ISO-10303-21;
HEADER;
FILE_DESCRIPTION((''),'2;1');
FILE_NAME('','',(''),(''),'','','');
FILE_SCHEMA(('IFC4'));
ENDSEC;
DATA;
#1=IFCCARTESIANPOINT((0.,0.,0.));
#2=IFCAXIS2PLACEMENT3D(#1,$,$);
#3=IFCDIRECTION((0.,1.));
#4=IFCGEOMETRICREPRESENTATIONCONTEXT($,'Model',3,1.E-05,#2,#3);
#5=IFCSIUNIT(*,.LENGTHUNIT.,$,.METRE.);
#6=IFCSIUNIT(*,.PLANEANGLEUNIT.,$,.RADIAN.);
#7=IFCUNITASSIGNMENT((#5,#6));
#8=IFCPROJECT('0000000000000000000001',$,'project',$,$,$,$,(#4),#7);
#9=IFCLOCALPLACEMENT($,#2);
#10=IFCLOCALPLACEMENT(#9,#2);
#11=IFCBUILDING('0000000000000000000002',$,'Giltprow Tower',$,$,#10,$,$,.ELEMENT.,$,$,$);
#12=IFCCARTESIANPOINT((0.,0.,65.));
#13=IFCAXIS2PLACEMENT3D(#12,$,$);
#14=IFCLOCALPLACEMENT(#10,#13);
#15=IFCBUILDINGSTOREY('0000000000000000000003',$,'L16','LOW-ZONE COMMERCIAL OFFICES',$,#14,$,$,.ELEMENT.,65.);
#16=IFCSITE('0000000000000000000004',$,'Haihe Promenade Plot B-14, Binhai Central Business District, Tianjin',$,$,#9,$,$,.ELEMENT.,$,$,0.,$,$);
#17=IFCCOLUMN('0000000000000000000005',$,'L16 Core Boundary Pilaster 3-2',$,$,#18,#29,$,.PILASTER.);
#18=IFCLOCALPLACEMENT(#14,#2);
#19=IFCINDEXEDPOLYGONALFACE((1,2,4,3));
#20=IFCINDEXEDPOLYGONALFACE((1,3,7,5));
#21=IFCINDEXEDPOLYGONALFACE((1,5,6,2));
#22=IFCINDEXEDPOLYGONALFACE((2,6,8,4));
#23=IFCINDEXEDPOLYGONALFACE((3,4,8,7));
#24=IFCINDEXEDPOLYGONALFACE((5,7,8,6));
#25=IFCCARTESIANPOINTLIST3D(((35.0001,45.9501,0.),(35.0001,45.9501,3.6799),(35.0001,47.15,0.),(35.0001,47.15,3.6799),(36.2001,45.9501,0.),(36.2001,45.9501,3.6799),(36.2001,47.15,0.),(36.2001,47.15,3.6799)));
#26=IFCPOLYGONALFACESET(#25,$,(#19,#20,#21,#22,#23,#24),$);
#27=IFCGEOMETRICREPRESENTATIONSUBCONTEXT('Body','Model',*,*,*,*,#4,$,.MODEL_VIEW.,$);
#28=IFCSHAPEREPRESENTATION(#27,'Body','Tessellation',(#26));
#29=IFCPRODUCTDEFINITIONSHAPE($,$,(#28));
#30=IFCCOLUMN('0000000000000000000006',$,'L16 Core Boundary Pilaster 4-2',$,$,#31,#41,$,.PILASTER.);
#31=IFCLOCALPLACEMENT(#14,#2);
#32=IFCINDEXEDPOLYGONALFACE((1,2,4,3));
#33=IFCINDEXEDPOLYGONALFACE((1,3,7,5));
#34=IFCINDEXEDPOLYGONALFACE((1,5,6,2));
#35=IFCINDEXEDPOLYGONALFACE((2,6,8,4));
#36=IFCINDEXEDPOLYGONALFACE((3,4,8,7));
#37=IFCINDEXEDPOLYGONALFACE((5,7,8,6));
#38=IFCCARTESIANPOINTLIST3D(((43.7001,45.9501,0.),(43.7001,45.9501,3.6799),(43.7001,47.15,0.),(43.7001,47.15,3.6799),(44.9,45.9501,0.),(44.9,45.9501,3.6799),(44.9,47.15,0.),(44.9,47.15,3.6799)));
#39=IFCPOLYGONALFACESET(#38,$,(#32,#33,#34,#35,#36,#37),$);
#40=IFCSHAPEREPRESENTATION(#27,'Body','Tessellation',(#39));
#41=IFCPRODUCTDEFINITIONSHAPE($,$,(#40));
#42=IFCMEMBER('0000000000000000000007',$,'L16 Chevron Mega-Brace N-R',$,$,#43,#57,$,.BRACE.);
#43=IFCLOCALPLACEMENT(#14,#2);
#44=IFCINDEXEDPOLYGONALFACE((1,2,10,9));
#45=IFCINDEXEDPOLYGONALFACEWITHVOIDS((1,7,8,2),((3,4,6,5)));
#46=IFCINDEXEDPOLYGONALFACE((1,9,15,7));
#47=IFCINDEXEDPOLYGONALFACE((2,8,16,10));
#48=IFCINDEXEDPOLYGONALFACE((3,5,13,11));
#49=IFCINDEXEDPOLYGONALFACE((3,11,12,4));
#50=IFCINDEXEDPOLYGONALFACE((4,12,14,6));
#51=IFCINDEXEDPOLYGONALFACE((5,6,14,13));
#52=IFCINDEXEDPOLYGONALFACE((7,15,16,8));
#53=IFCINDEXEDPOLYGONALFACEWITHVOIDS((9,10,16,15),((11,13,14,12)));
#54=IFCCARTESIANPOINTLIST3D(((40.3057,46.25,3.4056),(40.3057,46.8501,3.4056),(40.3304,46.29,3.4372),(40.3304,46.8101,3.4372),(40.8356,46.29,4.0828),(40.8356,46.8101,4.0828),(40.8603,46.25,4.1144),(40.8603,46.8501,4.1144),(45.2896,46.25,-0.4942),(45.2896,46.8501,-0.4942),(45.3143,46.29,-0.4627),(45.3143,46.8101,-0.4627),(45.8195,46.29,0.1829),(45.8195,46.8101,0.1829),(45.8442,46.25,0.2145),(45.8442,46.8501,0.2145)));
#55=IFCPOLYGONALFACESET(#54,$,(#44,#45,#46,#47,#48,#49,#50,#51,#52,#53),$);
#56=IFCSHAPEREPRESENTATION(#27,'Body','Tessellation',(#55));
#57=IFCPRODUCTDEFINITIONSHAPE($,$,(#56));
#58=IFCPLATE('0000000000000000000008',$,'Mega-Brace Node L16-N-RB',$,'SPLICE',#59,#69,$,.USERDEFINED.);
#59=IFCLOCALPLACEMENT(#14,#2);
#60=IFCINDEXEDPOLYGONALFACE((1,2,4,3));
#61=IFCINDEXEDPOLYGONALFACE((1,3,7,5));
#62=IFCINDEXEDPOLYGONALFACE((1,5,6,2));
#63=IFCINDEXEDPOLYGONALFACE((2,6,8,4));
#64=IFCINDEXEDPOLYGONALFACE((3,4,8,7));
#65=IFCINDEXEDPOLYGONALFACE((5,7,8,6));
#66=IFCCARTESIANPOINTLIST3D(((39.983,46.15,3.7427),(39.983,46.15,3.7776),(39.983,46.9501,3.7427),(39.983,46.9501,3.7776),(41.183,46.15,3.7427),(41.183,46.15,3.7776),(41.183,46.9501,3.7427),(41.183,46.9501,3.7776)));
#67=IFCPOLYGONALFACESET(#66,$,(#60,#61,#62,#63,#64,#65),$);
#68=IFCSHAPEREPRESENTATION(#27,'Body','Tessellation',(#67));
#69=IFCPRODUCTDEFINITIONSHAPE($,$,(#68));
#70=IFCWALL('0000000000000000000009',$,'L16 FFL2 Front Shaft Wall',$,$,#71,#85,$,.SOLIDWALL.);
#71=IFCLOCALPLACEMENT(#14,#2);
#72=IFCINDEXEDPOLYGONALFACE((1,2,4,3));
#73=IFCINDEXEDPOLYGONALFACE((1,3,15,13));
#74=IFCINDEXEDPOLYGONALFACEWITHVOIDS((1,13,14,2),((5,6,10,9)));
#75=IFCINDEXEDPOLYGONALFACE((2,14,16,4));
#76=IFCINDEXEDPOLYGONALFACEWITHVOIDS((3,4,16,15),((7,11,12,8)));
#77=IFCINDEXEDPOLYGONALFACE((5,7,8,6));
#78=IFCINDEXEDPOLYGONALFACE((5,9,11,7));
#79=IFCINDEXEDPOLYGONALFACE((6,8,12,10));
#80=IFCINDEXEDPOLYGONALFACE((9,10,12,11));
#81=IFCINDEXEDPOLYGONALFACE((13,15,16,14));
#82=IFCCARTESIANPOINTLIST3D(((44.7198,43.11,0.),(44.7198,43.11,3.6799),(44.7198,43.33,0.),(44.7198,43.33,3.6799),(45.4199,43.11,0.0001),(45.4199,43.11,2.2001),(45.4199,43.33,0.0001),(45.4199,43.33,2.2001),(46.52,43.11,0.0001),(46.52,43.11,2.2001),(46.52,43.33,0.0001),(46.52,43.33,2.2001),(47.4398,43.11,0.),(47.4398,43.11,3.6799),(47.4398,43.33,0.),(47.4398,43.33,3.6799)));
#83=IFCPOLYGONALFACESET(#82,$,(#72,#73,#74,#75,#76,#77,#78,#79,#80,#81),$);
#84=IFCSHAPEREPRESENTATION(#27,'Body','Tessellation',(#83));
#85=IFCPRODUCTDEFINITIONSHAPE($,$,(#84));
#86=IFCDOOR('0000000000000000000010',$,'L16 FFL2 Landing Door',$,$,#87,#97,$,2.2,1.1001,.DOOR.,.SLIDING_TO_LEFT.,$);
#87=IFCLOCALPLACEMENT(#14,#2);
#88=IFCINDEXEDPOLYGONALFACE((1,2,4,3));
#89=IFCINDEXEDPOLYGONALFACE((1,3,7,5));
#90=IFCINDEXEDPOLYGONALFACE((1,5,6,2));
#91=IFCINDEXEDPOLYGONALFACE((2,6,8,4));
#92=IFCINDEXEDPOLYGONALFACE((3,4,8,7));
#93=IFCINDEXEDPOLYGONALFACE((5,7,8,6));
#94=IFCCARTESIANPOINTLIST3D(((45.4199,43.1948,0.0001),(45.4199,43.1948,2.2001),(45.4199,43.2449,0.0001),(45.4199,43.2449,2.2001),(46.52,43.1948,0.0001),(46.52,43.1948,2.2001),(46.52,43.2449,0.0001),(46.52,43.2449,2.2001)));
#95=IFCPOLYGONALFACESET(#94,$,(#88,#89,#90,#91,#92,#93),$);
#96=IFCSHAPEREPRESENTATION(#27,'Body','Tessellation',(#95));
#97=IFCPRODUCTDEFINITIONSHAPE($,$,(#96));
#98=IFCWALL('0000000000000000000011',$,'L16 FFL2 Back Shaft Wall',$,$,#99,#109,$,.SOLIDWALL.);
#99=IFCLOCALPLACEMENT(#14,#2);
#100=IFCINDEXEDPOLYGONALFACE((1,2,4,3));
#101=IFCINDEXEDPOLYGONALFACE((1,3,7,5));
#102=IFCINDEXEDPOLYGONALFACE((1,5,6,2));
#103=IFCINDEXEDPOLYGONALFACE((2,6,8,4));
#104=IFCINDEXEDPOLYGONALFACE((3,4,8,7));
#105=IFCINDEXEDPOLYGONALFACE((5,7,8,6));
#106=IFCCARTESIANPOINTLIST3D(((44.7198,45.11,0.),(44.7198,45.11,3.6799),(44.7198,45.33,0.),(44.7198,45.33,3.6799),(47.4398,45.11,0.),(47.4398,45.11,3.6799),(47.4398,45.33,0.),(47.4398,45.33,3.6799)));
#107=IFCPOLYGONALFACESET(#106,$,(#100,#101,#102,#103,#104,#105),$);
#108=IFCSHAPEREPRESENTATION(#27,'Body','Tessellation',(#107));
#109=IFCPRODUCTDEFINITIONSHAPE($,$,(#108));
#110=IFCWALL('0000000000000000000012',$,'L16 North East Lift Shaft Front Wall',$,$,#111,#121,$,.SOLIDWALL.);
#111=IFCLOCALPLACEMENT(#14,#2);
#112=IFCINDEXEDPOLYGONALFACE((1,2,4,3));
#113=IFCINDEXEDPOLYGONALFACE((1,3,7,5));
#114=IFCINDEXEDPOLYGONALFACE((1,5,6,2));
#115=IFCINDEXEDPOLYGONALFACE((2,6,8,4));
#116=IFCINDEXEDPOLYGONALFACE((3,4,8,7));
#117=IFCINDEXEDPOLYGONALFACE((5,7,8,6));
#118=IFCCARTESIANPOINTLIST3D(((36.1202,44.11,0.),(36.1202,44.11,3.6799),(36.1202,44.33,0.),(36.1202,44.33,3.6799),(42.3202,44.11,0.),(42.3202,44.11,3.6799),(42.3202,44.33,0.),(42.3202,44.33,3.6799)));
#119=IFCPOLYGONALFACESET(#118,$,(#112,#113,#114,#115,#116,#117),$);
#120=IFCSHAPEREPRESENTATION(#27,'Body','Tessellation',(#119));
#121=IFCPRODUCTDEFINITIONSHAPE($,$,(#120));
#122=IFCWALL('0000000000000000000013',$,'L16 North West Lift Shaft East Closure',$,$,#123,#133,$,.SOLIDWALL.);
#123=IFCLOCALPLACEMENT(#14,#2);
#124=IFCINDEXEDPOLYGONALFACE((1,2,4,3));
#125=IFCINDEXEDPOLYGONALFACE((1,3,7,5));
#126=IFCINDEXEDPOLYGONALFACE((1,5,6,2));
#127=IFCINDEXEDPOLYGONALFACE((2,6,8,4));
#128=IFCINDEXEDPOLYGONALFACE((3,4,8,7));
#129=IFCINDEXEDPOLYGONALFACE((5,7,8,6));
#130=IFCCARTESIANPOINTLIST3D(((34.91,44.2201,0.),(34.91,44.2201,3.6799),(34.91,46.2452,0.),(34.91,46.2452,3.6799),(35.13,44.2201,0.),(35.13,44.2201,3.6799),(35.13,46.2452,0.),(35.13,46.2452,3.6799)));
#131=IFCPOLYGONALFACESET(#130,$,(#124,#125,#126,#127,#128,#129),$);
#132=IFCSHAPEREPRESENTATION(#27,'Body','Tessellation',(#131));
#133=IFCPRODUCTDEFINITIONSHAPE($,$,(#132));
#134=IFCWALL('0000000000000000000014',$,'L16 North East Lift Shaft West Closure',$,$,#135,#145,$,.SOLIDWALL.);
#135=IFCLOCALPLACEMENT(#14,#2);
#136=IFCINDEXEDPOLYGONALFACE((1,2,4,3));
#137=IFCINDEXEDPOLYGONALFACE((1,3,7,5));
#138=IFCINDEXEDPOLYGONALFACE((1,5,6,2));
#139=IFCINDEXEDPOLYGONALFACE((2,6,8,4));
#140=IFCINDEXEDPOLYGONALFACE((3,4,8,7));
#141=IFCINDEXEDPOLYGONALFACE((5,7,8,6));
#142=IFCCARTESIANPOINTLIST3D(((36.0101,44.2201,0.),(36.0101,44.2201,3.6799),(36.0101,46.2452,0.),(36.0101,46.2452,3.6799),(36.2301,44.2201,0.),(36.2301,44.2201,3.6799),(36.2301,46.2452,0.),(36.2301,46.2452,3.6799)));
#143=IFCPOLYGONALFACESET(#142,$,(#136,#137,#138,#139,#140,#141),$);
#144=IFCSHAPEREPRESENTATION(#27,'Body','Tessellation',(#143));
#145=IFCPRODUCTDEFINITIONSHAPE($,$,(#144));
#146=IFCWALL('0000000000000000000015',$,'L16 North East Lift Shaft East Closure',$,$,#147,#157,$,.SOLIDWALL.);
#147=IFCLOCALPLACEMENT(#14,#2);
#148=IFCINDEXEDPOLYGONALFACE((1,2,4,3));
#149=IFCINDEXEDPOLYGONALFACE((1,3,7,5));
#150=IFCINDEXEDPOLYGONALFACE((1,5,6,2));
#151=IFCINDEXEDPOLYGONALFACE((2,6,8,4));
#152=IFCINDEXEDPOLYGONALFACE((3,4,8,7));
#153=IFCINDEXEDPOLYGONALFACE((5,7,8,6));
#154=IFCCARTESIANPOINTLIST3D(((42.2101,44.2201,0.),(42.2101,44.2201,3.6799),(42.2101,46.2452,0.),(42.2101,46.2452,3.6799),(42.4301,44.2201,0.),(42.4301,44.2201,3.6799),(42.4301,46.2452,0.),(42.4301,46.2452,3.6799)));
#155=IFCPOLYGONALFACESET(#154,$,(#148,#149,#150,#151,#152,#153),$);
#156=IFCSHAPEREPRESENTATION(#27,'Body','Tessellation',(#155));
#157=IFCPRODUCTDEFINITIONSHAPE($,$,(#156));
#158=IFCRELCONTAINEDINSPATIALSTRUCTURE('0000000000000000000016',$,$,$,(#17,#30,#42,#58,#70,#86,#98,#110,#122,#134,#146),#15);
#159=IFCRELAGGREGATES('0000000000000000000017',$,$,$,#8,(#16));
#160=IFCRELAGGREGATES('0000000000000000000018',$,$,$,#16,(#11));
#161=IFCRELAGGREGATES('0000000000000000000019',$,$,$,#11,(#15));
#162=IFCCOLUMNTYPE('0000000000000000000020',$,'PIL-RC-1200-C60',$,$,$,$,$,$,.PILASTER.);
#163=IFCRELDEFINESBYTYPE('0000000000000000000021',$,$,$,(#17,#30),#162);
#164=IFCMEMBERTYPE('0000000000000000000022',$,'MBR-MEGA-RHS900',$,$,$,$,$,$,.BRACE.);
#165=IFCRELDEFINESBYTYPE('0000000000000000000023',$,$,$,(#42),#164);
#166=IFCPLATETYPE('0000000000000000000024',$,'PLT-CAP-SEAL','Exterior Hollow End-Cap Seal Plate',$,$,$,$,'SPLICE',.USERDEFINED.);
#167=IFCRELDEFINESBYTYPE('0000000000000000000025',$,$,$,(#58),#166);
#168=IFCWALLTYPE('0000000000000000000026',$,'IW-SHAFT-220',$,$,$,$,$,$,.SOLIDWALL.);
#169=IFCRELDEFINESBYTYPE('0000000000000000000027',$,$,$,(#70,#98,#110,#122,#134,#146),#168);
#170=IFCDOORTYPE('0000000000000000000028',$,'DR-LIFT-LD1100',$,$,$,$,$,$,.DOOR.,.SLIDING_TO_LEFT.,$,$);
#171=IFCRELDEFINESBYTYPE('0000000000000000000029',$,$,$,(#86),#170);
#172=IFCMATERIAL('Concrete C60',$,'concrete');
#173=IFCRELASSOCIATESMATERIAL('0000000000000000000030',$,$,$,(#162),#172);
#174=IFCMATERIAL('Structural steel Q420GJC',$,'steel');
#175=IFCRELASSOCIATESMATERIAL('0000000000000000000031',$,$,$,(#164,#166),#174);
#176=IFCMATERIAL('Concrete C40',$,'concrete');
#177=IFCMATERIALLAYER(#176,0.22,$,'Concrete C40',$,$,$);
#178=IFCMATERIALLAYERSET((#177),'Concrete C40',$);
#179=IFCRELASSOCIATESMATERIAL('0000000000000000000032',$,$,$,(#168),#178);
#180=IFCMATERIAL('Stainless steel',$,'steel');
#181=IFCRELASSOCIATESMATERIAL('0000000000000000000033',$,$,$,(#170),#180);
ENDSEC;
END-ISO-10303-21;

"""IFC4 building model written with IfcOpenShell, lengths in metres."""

from ifc_helpers import new_model, si_unit, direction, frame, frame_2d, origin, origin_2d, place, context, subcontext, project, spatial, rectangle, hollow_rectangle, extrude, source, transform, mapped, material, layer, layer_set, material_profile, profile_set, type_object, element, fill, save


model = new_model("IFC4")

# Units and contexts
model_context = context("Model", 3, precision=1e-05, world=origin(), true_north=direction((0.0, 1.0)))
body_context = subcontext(model_context, "Body", "Model", "MODEL_VIEW")
ifc_project = project(units=[si_unit("LENGTHUNIT", "METRE"), si_unit("PLANEANGLEUNIT", "RADIAN")], contexts=[model_context])

# Site, building, storey
site_placement = place(None, origin())
site = spatial("IfcSite", under=ifc_project, at=site_placement, Name="Haihe Promenade Plot B-14, Binhai Central Business District, Tianjin", CompositionType="ELEMENT", RefElevation=0.0)
building_placement = place(site_placement, origin())
building = spatial("IfcBuilding", under=site, at=building_placement, Name="Giltprow Tower", CompositionType="ELEMENT")
storey_placement = place(building_placement, frame((0.0, 0.0, 65.0)))
storey = spatial("IfcBuildingStorey", under=building, at=storey_placement, Name="L16", Description="LOW-ZONE COMMERCIAL OFFICES", CompositionType="ELEMENT", Elevation=65.0)

# Columns
ifc_material_1 = material(Name="Concrete C60", Category="concrete")
ifc_material_profile_1 = material_profile(ifc_material_1, rectangle(XDim=1.2, YDim=1.2, at=origin_2d()), Name="RC 1200x1200")
ifc_profile_set_1 = profile_set([ifc_material_profile_1], Name="Concrete C60")
column_type = type_object("IfcColumnType", Name="PIL-RC-1200-C60", PredefinedType="PILASTER", material=ifc_profile_set_1)
shared_shape_1 = source(origin(), body_context, "Body", "SweptSolid", [
    extrude(rectangle(XDim=1.2, YDim=1.2, at=origin_2d()), origin(), (0.0, 0.0, 1.0), 3.6799),
])
for number, where, z_axis, x_axis, name in (
    (1, (35.6001, 46.55, 0.0), (0.0, 0.0, 1.0), (1.0, 0.0, 0.0), "L16 Core Boundary Pilaster 3-2"),
    (2, (44.3, 46.55, 0.0), (0.0, 0.0, 1.0), (1.0, 0.0, 0.0), "L16 Core Boundary Pilaster 4-2"),
):
    element("IfcColumn", number, at=place(storey_placement, frame(where, z_axis=z_axis, x_axis=x_axis)), inside=storey, type_object=column_type, Name=name, PredefinedType="PILASTER", context=body_context, shape_type="MappedRepresentation", body=[
        mapped(shared_shape_1, transform((0.0, 0.0, 0.0), x_axis=(1.0, 0.0, 0.0), y_axis=(0.0, 1.0, 0.0), z_axis=(0.0, 0.0, 1.0), scale=1.0)),
    ])

# Member
ifc_material_2 = material(Name="Structural steel Q420GJC", Category="steel")
ifc_material_profile_2 = material_profile(ifc_material_2, hollow_rectangle(XDim=0.6001, YDim=0.8999, WallThickness=0.04, at=origin_2d()), Name="RHS 900x600x40")
ifc_profile_set_2 = profile_set([ifc_material_profile_2], Name="Structural steel Q420GJC")
member_type = type_object("IfcMemberType", Name="MBR-MEGA-RHS900", PredefinedType="BRACE", material=ifc_profile_set_2)
shared_shape_2 = source(origin(), body_context, "Body", "SweptSolid", [
    extrude(hollow_rectangle(XDim=0.6001, YDim=0.8999, WallThickness=0.04, at=origin_2d()), origin(), (0.0, 0.0, 1.0), 6.3284),
])
member_placement = place(storey_placement, frame((45.5669, 46.55, -0.1399), z_axis=(-0.787546, 0.0, 0.616256), x_axis=(0.0, -1.0, 0.0)))
element("IfcMember", 3, at=member_placement, inside=storey, type_object=member_type, Name="L16 Chevron Mega-Brace N-R", PredefinedType="BRACE", context=body_context, shape_type="MappedRepresentation", body=[
    mapped(shared_shape_2, transform((0.0, 0.0, 0.0), x_axis=(1.0, 0.0, 0.0), y_axis=(0.0, 1.0, 0.0), z_axis=(0.0, 0.0, 1.0), scale=1.0)),
])

# Plate
plate_type = type_object("IfcPlateType", Name="PLT-CAP-SEAL", Description="Exterior Hollow End-Cap Seal Plate", ElementType="SPLICE", PredefinedType="USERDEFINED", material=ifc_material_2)
shared_shape_3 = source(origin(), body_context, "Body", "SweptSolid", [
    extrude(rectangle(XDim=1.2, YDim=0.8, at=origin_2d()), origin(), (0.0, 0.0, 1.0), 0.0349),
])
plate_placement = place(storey_placement, frame((40.583, 46.55, 3.7427), z_axis=(0.0, 0.0, 1.0), x_axis=(1.0, 0.0, 0.0)))
element("IfcPlate", 4, at=plate_placement, inside=storey, type_object=plate_type, Name="Mega-Brace Node L16-N-RB", ObjectType="SPLICE", PredefinedType="USERDEFINED", context=body_context, shape_type="MappedRepresentation", body=[
    mapped(shared_shape_3, transform((0.0, 0.0, 0.0), x_axis=(1.0, 0.0, 0.0), y_axis=(0.0, 1.0, 0.0), z_axis=(0.0, 0.0, 1.0), scale=1.0)),
])

# Wall, opening, door
ifc_material_3 = material(Name="Concrete C40", Category="concrete")
ifc_layer_1 = layer(ifc_material_3, 0.22, Name="Concrete C40")
ifc_layer_set_1 = layer_set([ifc_layer_1], Name="Concrete C40")
wall_type_1 = type_object("IfcWallType", Name="IW-SHAFT-220", PredefinedType="SOLIDWALL", material=ifc_layer_set_1)
wall_1_placement = place(storey_placement, frame((44.72, 43.22, 0.0), z_axis=(0.0, 0.0, 1.0), x_axis=(1.0, 0.0, 0.0)))
wall_1 = element("IfcWall", 5, at=wall_1_placement, inside=storey, type_object=wall_type_1, Name="L16 FFL2 Front Shaft Wall", PredefinedType="SOLIDWALL", context=body_context, shape_type="SweptSolid", body=[
    extrude(rectangle(XDim=2.72, YDim=0.22, at=frame_2d((1.3599, 0.0))), origin(), (0.0, 0.0, 1.0), 3.6799),
])
opening_1_placement = place(wall_1_placement, frame((0.7, 0.0, 0.0)))
opening_1 = element("IfcOpeningElement", 6, at=opening_1_placement, cuts=wall_1, PredefinedType="OPENING", context=body_context, shape_type="SweptSolid", body=[
    extrude(rectangle(XDim=1.1001, YDim=2.2, at=frame_2d((0.55, 1.1001))), frame((0.0, 0.1199, 0.0), z_axis=(0.0, -1.0, 0.0), x_axis=(1.0, 0.0, 0.0)), (0.0, 0.0, 1.0), 0.24),
])
ifc_material_4 = material(Name="Stainless steel", Category="steel")
door_type = type_object("IfcDoorType", Name="DR-LIFT-LD1100", OperationType="SLIDING_TO_LEFT", PredefinedType="DOOR", material=ifc_material_4)
shared_shape_4 = source(origin(), body_context, "Body", "SweptSolid", [
    extrude(rectangle(XDim=1.1001, YDim=2.2, at=frame_2d((0.55, 1.1001))), frame((0.0, 0.0249, 0.0), z_axis=(0.0, -1.0, 0.0), x_axis=(1.0, 0.0, 0.0)), (0.0, 0.0, 1.0), 0.05),
])
door_1_placement = place(opening_1_placement, origin())
door_1 = element("IfcDoor", 7, at=door_1_placement, inside=storey, type_object=door_type, Name="L16 FFL2 Landing Door", OperationType="SLIDING_TO_LEFT", OverallHeight=2.2, OverallWidth=1.1001, PredefinedType="DOOR", context=body_context, shape_type="MappedRepresentation", body=[
    mapped(shared_shape_4, transform((0.0, 0.0, 0.0), x_axis=(1.0, 0.0, 0.0), y_axis=(0.0, 1.0, 0.0), z_axis=(0.0, 0.0, 1.0), scale=1.0)),
])
fill(opening_1, door_1)

# Walls
wall_2_placement = place(storey_placement, frame((44.72, 45.22, 0.0), z_axis=(0.0, 0.0, 1.0), x_axis=(1.0, 0.0, 0.0)))
element("IfcWall", 8, at=wall_2_placement, inside=storey, type_object=wall_type_1, Name="L16 FFL2 Back Shaft Wall", PredefinedType="SOLIDWALL", context=body_context, shape_type="SweptSolid", body=[
    extrude(rectangle(XDim=2.72, YDim=0.22, at=frame_2d((1.3599, 0.0))), origin(), (0.0, 0.0, 1.0), 3.6799),
])
wall_3_placement = place(storey_placement, frame((36.1201, 44.22, 0.0), z_axis=(0.0, 0.0, 1.0), x_axis=(1.0, 0.0, 0.0)))
element("IfcWall", 9, at=wall_3_placement, inside=storey, type_object=wall_type_1, Name="L16 North East Lift Shaft Front Wall", PredefinedType="SOLIDWALL", context=body_context, shape_type="SweptSolid", body=[
    extrude(rectangle(XDim=6.2, YDim=0.22, at=frame_2d((3.1001, 0.0))), origin(), (0.0, 0.0, 1.0), 3.6799),
])
for number, where, z_axis, x_axis, name in (
    (10, (35.02, 44.22, 0.0), (0.0, 0.0, 1.0), (0.0, 1.0, 0.0), "L16 North West Lift Shaft East Closure"),
    (11, (36.1201, 44.22, 0.0), (0.0, 0.0, 1.0), (0.0, 1.0, 0.0), "L16 North East Lift Shaft West Closure"),
    (12, (42.3201, 44.22, 0.0), (0.0, 0.0, 1.0), (0.0, 1.0, 0.0), "L16 North East Lift Shaft East Closure"),
):
    element("IfcWall", number, at=place(storey_placement, frame(where, z_axis=z_axis, x_axis=x_axis)), inside=storey, type_object=wall_type_1, Name=name, PredefinedType="SOLIDWALL", context=body_context, shape_type="SweptSolid", body=[
        extrude(rectangle(XDim=2.0251, YDim=0.22, at=frame_2d((1.0127, 0.0))), origin(), (0.0, 0.0, 1.0), 3.6799),
    ])

save(model, "model.ifc")
